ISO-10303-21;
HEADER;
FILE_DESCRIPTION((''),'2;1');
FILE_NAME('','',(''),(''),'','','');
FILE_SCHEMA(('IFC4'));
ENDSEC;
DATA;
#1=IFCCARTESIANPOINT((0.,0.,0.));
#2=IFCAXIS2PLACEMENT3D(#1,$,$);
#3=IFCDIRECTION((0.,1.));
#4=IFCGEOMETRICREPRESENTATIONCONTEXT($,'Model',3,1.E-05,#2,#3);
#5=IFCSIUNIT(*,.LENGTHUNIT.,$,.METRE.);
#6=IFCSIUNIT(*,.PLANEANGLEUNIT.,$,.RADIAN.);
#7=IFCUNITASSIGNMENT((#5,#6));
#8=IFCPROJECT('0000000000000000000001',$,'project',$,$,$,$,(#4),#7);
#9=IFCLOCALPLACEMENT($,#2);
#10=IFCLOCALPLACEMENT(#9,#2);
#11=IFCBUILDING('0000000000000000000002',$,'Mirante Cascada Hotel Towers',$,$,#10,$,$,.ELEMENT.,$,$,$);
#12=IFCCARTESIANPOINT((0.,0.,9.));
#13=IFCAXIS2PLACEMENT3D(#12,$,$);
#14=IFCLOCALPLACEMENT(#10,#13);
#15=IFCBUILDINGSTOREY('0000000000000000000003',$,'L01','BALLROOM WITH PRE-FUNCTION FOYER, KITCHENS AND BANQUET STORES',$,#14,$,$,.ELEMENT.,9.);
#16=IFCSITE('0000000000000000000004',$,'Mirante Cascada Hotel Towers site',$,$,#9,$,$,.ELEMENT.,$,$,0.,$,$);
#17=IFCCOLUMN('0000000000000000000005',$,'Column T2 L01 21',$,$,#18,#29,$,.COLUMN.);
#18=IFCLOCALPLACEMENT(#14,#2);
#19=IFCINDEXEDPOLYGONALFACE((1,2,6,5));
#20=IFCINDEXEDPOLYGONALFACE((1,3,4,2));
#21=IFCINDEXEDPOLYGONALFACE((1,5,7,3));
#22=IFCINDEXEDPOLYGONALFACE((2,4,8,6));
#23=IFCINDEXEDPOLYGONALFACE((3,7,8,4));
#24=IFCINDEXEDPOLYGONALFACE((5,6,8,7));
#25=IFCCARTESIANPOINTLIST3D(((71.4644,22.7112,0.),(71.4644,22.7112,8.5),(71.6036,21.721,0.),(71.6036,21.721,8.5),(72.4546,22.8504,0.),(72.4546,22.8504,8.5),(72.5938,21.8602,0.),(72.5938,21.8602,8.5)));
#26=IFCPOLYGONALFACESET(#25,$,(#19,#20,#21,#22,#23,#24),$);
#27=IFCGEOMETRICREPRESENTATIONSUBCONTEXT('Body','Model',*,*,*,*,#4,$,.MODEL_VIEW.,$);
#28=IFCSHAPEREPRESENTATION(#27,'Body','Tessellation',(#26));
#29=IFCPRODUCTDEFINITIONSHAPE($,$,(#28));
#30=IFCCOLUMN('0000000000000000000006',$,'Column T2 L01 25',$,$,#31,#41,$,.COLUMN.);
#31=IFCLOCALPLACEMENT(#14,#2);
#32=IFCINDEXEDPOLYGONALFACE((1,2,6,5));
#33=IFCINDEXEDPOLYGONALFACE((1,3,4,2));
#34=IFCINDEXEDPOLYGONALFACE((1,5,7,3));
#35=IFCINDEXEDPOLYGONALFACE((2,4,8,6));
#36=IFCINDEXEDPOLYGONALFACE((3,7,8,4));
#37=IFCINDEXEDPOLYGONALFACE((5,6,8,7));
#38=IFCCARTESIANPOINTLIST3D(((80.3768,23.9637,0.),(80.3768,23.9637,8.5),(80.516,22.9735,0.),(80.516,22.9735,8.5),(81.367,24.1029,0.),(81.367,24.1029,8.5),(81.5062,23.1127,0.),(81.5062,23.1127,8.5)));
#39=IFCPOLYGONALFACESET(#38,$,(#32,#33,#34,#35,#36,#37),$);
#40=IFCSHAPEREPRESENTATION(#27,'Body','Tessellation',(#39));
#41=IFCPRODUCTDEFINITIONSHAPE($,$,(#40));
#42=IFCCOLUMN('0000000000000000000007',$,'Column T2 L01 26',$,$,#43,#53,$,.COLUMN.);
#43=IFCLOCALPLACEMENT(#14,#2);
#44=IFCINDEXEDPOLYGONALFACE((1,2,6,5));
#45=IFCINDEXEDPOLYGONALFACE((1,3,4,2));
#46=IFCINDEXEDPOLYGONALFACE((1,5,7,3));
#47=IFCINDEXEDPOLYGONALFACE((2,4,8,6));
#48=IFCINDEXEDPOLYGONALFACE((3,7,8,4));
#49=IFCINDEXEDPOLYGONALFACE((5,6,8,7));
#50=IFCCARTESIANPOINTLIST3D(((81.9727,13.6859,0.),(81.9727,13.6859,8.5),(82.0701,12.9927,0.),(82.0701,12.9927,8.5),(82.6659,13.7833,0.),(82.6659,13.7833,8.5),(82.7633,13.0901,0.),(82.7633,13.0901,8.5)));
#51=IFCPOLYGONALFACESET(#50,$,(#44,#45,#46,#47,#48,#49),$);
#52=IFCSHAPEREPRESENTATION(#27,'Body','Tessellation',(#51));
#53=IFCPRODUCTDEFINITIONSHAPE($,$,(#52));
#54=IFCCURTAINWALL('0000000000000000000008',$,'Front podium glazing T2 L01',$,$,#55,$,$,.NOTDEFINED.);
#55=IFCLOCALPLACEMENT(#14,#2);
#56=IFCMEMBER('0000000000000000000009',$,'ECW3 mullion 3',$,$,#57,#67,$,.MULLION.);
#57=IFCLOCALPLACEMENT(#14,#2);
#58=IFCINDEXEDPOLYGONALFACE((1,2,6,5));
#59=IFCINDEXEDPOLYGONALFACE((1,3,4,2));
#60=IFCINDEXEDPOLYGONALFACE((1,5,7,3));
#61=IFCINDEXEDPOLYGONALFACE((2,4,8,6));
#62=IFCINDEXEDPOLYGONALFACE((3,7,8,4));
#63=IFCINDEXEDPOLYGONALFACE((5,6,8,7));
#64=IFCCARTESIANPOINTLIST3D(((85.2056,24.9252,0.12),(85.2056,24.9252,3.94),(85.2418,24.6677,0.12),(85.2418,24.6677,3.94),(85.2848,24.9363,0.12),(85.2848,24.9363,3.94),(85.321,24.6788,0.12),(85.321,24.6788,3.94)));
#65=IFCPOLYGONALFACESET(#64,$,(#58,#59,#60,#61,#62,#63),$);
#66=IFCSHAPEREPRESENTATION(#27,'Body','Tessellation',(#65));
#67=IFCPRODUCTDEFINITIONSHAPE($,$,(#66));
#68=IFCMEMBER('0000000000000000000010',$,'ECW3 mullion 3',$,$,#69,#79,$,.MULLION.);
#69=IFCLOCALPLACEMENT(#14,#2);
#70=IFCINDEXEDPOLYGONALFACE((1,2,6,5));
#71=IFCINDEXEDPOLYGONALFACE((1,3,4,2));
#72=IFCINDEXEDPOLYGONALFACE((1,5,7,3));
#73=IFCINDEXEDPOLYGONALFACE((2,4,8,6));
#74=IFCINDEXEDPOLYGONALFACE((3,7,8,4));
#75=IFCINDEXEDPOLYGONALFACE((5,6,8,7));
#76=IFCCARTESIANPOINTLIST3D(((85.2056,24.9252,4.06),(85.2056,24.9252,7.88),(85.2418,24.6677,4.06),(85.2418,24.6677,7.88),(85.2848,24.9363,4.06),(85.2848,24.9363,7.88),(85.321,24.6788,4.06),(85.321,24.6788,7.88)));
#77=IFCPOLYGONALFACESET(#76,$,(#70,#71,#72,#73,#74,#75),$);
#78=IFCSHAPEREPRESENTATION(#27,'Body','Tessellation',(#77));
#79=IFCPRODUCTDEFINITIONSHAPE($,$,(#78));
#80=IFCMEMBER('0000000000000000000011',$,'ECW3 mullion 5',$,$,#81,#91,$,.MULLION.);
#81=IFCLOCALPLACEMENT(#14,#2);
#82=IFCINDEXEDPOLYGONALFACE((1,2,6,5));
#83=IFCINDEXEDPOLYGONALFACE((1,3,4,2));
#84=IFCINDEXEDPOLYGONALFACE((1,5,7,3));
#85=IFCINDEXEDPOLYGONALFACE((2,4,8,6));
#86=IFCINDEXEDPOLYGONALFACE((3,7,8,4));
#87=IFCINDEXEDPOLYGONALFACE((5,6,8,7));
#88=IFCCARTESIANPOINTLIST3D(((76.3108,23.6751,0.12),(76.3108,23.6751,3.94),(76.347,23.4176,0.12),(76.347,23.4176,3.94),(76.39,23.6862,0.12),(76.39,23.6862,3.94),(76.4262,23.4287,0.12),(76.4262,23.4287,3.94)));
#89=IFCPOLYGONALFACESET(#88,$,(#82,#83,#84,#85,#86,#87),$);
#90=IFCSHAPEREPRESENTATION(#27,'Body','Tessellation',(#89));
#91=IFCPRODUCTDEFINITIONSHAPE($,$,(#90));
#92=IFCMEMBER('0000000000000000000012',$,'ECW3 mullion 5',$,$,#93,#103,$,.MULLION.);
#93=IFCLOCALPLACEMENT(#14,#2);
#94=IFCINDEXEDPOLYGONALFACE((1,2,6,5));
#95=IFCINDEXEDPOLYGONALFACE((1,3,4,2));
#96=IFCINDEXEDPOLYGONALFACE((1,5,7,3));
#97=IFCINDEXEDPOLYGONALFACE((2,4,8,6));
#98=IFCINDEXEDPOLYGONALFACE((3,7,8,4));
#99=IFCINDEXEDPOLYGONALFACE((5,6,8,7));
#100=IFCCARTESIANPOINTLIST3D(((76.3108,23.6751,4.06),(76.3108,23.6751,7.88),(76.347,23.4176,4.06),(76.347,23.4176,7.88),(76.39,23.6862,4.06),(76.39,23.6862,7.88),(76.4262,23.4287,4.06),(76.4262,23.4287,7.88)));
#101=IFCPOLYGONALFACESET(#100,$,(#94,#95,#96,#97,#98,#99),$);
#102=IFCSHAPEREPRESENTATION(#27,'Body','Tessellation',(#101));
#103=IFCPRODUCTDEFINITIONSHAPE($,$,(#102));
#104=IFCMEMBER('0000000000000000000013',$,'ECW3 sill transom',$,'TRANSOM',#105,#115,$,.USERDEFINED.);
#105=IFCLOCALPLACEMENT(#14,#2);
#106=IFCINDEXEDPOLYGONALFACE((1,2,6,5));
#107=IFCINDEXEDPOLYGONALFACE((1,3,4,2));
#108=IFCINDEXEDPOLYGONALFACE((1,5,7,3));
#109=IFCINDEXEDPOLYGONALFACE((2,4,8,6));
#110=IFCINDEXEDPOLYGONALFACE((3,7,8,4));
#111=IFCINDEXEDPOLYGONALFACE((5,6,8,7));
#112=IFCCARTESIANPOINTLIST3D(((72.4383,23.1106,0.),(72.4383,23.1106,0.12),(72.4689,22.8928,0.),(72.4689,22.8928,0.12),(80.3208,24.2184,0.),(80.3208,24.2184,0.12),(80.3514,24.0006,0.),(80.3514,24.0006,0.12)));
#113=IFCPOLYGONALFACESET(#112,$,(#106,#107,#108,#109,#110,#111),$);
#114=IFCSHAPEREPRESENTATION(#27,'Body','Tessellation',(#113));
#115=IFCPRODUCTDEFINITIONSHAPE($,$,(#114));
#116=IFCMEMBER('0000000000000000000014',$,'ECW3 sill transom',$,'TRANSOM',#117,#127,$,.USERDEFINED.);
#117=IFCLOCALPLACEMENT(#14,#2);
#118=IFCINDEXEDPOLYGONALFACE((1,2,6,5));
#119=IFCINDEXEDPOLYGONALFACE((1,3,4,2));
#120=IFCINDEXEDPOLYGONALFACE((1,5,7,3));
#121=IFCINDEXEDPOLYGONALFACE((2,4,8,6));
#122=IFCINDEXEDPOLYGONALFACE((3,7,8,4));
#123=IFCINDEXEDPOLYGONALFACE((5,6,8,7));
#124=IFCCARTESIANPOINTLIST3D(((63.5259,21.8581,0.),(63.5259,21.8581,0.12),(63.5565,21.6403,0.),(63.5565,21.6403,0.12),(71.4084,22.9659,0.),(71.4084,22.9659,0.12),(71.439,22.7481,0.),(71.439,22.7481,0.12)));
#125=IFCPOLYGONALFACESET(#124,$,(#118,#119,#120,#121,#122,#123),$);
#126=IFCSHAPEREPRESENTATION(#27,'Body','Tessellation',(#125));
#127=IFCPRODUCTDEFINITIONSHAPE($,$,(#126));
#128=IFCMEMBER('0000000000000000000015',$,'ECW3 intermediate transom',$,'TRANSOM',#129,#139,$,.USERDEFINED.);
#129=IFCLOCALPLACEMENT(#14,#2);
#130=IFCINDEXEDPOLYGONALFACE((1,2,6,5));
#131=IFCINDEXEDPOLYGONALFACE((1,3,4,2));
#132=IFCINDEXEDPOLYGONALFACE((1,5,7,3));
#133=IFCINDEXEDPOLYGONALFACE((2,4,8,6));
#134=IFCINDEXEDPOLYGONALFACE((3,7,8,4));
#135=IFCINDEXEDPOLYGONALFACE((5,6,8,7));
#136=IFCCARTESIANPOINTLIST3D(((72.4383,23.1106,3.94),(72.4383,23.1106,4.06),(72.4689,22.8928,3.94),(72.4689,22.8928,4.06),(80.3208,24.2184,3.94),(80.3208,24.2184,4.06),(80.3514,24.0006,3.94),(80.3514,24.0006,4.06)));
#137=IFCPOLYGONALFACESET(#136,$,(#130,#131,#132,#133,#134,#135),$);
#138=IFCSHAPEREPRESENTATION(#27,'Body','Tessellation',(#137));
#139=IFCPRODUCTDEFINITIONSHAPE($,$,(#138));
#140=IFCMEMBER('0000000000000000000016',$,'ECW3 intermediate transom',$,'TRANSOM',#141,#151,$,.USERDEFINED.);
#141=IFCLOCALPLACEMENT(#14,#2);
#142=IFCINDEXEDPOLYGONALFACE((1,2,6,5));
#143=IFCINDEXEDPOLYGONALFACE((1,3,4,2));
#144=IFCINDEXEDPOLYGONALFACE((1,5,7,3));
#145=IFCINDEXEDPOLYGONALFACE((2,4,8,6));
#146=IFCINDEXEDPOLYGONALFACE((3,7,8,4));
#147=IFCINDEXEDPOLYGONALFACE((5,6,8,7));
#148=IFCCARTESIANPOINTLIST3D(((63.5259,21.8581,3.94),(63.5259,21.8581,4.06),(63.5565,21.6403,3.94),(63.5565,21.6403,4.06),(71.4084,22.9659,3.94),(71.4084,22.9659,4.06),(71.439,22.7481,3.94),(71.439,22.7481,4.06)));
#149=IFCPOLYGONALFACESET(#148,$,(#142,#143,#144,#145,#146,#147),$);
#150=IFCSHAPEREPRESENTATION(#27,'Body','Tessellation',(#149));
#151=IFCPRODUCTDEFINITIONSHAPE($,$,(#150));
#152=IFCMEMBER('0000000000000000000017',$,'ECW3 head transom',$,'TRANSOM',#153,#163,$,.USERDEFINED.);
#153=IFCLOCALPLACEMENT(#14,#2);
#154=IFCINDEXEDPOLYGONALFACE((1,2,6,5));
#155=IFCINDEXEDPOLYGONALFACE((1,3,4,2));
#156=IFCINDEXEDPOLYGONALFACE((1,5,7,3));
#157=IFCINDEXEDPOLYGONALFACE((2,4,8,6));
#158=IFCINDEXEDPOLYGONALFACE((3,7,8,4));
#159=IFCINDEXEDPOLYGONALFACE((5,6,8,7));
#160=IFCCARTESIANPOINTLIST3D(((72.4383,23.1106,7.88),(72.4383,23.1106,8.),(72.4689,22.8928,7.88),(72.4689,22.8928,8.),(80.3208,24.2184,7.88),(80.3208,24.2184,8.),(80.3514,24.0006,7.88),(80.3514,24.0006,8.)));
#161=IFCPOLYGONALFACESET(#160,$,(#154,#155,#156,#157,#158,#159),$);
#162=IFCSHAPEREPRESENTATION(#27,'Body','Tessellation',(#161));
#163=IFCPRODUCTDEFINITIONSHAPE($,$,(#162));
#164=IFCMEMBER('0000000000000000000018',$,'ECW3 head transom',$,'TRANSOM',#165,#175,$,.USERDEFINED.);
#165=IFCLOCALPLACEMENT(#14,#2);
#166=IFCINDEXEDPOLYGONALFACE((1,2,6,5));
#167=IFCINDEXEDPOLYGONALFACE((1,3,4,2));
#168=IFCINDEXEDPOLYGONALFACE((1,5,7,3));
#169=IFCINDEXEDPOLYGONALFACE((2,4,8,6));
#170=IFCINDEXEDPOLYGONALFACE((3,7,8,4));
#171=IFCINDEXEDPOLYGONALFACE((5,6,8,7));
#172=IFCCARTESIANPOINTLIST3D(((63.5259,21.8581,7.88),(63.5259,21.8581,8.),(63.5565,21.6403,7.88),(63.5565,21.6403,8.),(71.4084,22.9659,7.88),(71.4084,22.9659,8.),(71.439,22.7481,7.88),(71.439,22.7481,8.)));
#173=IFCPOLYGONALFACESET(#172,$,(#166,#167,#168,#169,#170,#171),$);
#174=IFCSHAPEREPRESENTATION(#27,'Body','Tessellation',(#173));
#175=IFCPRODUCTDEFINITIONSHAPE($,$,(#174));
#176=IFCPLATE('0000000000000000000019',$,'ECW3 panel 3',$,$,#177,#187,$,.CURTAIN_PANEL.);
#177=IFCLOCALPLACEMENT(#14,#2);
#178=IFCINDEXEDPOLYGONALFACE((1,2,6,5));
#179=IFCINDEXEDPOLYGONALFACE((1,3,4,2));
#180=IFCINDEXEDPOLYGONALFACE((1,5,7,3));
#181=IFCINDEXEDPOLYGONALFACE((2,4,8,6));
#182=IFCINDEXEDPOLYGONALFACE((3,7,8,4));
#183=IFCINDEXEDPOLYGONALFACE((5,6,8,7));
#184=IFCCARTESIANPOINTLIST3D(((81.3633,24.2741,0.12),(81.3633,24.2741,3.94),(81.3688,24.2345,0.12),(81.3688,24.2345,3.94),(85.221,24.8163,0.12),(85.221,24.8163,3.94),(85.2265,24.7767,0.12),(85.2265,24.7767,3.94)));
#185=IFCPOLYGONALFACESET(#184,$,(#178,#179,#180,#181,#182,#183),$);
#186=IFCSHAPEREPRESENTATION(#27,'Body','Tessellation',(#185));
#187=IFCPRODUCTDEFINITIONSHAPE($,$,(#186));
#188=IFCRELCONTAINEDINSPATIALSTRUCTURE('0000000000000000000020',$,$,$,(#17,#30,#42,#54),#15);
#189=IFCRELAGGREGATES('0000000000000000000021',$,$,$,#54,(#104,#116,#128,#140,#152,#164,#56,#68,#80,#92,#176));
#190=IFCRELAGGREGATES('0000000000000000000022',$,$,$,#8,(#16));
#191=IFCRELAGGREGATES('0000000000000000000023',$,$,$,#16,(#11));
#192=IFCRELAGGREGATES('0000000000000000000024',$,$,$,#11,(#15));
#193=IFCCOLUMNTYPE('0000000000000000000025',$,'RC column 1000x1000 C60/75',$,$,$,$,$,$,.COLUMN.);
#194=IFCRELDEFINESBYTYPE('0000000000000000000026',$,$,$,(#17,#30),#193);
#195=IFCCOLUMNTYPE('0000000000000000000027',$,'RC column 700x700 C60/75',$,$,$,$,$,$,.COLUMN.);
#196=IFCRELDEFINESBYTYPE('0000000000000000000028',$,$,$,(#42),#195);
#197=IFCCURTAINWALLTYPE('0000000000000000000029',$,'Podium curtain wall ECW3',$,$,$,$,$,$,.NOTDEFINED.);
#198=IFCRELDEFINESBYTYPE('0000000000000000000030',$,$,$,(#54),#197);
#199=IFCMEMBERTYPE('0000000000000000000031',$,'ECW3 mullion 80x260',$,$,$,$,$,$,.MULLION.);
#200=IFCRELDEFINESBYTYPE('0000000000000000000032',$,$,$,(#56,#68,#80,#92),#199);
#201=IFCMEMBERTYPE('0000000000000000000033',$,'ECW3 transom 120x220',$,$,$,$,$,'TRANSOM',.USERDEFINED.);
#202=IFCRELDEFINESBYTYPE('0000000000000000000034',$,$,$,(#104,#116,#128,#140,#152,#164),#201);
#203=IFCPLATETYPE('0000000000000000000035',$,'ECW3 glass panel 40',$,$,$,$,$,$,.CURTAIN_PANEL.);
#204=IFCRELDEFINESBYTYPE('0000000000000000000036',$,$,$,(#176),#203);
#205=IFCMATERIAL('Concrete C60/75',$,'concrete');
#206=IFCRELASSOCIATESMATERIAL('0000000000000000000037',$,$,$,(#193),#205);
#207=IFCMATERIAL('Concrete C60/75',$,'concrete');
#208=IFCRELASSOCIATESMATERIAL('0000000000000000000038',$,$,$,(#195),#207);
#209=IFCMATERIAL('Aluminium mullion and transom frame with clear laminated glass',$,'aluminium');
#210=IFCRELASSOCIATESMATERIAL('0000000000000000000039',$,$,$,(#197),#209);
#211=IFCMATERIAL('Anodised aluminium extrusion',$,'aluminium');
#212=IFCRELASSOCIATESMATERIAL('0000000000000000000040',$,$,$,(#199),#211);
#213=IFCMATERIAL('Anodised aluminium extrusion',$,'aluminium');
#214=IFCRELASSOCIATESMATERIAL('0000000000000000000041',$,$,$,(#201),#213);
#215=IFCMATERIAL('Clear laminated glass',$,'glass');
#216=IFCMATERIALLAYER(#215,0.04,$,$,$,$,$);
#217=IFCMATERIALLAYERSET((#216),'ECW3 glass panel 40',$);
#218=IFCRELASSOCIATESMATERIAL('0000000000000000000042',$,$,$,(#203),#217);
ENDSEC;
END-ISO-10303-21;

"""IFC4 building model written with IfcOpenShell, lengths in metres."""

from ifc_helpers import new_model, si_unit, direction, frame, origin, origin_2d, place, context, subcontext, project, spatial, rectangle, extrude, material, layer, layer_set, material_profile, profile_set, type_object, element, aggregate, save


model = new_model("IFC4")

# Units and contexts
model_context = context("Model", 3, precision=1e-05, world=origin(), true_north=direction((0.0, 1.0)))
body_context = subcontext(model_context, "Body", "Model", "MODEL_VIEW")
ifc_project = project(units=[si_unit("LENGTHUNIT", "METRE"), si_unit("PLANEANGLEUNIT", "RADIAN")], contexts=[model_context])

# Site, building, storey
site_placement = place(None, origin())
site = spatial("IfcSite", under=ifc_project, at=site_placement, Name="Mirante Cascada Hotel Towers site", CompositionType="ELEMENT", RefElevation=0.0)
building_placement = place(site_placement, origin())
building = spatial("IfcBuilding", under=site, at=building_placement, Name="Mirante Cascada Hotel Towers", CompositionType="ELEMENT")
storey_placement = place(building_placement, frame((0.0, 0.0, 9.0)))
storey = spatial("IfcBuildingStorey", under=building, at=storey_placement, Name="L01", Description="BALLROOM WITH PRE-FUNCTION FOYER, KITCHENS AND BANQUET STORES", CompositionType="ELEMENT", Elevation=9.0)

# Columns
ifc_material_1 = material(Name="Concrete C60/75", Category="concrete")
ifc_material_profile_1 = material_profile(ifc_material_1, rectangle(XDim=1.0, YDim=1.0, at=origin_2d()), Name="RC column 1000x1000 C60/75")
ifc_profile_set_1 = profile_set([ifc_material_profile_1], Name="Concrete C60/75")
column_type_1 = type_object("IfcColumnType", Name="RC column 1000x1000 C60/75", PredefinedType="COLUMN", material=ifc_profile_set_1)
for number, where, z_axis, x_axis, name in (
    (1, (72.0291, 22.2857, 0.0), (0.0, 0.0, 1.0), (0.990268, 0.139173, 0.0), "Column T2 L01 21"),
    (2, (80.9415, 23.5382, 0.0), (0.0, 0.0, 1.0), (0.990268, 0.139173, 0.0), "Column T2 L01 25"),
):
    element("IfcColumn", number, at=place(storey_placement, frame(where, z_axis=z_axis, x_axis=x_axis)), inside=storey, type_object=column_type_1, Name=name, PredefinedType="COLUMN", context=body_context, shape_type="SweptSolid", body=[
        extrude(rectangle(XDim=1.0, YDim=1.0, at=origin_2d()), origin(), (0.0, 0.0, 1.0), 8.5),
    ])
ifc_material_2 = material(Name="Concrete C60/75", Category="concrete")
ifc_material_profile_2 = material_profile(ifc_material_2, rectangle(XDim=0.7, YDim=0.7, at=origin_2d()), Name="RC column 700x700 C60/75")
ifc_profile_set_2 = profile_set([ifc_material_profile_2], Name="Concrete C60/75")
column_type_2 = type_object("IfcColumnType", Name="RC column 700x700 C60/75", PredefinedType="COLUMN", material=ifc_profile_set_2)
column_placement = place(storey_placement, frame((82.368, 13.388, 0.0), z_axis=(0.0, 0.0, 1.0), x_axis=(0.990268, 0.139173, 0.0)))
element("IfcColumn", 3, at=column_placement, inside=storey, type_object=column_type_2, Name="Column T2 L01 26", PredefinedType="COLUMN", context=body_context, shape_type="SweptSolid", body=[
    extrude(rectangle(XDim=0.7, YDim=0.7, at=origin_2d()), origin(), (0.0, 0.0, 1.0), 8.5),
])

# Curtain wall, members, plate
ifc_material_3 = material(Name="Aluminium mullion and transom frame with clear laminated glass", Category="aluminium")
curtain_wall_type = type_object("IfcCurtainWallType", Name="Podium curtain wall ECW3", PredefinedType="NOTDEFINED", material=ifc_material_3)
curtain_wall_placement = place(storey_placement, origin())
curtain_wall = element("IfcCurtainWall", 4, at=curtain_wall_placement, inside=storey, type_object=curtain_wall_type, Name="Front podium glazing T2 L01", PredefinedType="NOTDEFINED")
ifc_material_4 = material(Name="Anodised aluminium extrusion", Category="aluminium")
ifc_material_profile_3 = material_profile(ifc_material_4, rectangle(XDim=0.26, YDim=0.08, at=origin_2d()), Name="ECW3 MULLION 80x260")
ifc_profile_set_3 = profile_set([ifc_material_profile_3], Name="Anodised aluminium extrusion")
member_type_1 = type_object("IfcMemberType", Name="ECW3 mullion 80x260", PredefinedType="MULLION", material=ifc_profile_set_3)
member_1_placement = place(storey_placement, frame((85.2633, 24.802, 0.12), z_axis=(0.0, 0.0, 1.0), x_axis=(0.139173, -0.990268, 0.0)))
member_1 = element("IfcMember", 5, at=member_1_placement, type_object=member_type_1, Name="ECW3 mullion 3", PredefinedType="MULLION", context=body_context, shape_type="SweptSolid", body=[
    extrude(rectangle(XDim=0.26, YDim=0.08, at=origin_2d()), origin(), (0.0, 0.0, 1.0), 3.82),
])
member_2_placement = place(storey_placement, frame((85.2633, 24.802, 4.06), z_axis=(0.0, 0.0, 1.0), x_axis=(0.139173, -0.990268, 0.0)))
member_2 = element("IfcMember", 6, at=member_2_placement, type_object=member_type_1, Name="ECW3 mullion 3", PredefinedType="MULLION", context=body_context, shape_type="SweptSolid", body=[
    extrude(rectangle(XDim=0.26, YDim=0.08, at=origin_2d()), origin(), (0.0, 0.0, 1.0), 3.82),
])
member_3_placement = place(storey_placement, frame((76.3685, 23.5519, 0.12), z_axis=(0.0, 0.0, 1.0), x_axis=(0.139173, -0.990268, 0.0)))
member_3 = element("IfcMember", 7, at=member_3_placement, type_object=member_type_1, Name="ECW3 mullion 5", PredefinedType="MULLION", context=body_context, shape_type="SweptSolid", body=[
    extrude(rectangle(XDim=0.26, YDim=0.08, at=origin_2d()), origin(), (0.0, 0.0, 1.0), 3.82),
])
member_4_placement = place(storey_placement, frame((76.3685, 23.5519, 4.06), z_axis=(0.0, 0.0, 1.0), x_axis=(0.139173, -0.990268, 0.0)))
member_4 = element("IfcMember", 8, at=member_4_placement, type_object=member_type_1, Name="ECW3 mullion 5", PredefinedType="MULLION", context=body_context, shape_type="SweptSolid", body=[
    extrude(rectangle(XDim=0.26, YDim=0.08, at=origin_2d()), origin(), (0.0, 0.0, 1.0), 3.82),
])
ifc_material_5 = material(Name="Anodised aluminium extrusion", Category="aluminium")
ifc_material_profile_4 = material_profile(ifc_material_5, rectangle(XDim=0.22, YDim=0.12, at=origin_2d()), Name="ECW3 TRANSOM 120x220")
ifc_profile_set_4 = profile_set([ifc_material_profile_4], Name="Anodised aluminium extrusion")
member_type_2 = type_object("IfcMemberType", Name="ECW3 transom 120x220", ElementType="TRANSOM", PredefinedType="USERDEFINED", material=ifc_profile_set_4)
member_5_placement = place(storey_placement, frame((80.3361, 24.1095, 0.06), z_axis=(-0.990268, -0.139172, 0.0), x_axis=(0.139172, -0.990268, 0.0)))
member_5 = element("IfcMember", 9, at=member_5_placement, type_object=member_type_2, Name="ECW3 sill transom", ObjectType="TRANSOM", PredefinedType="USERDEFINED", context=body_context, shape_type="SweptSolid", body=[
    extrude(rectangle(XDim=0.22, YDim=0.12, at=origin_2d()), origin(), (0.0, 0.0, 1.0), 7.96),
])
member_6_placement = place(storey_placement, frame((71.4237, 22.857, 0.06), z_axis=(-0.990268, -0.139172, 0.0), x_axis=(0.139172, -0.990268, 0.0)))
member_6 = element("IfcMember", 10, at=member_6_placement, type_object=member_type_2, Name="ECW3 sill transom", ObjectType="TRANSOM", PredefinedType="USERDEFINED", context=body_context, shape_type="SweptSolid", body=[
    extrude(rectangle(XDim=0.22, YDim=0.12, at=origin_2d()), origin(), (0.0, 0.0, 1.0), 7.96),
])
member_7_placement = place(storey_placement, frame((80.3361, 24.1095, 4.0), z_axis=(-0.990268, -0.139172, 0.0), x_axis=(0.139172, -0.990268, 0.0)))
member_7 = element("IfcMember", 11, at=member_7_placement, type_object=member_type_2, Name="ECW3 intermediate transom", ObjectType="TRANSOM", PredefinedType="USERDEFINED", context=body_context, shape_type="SweptSolid", body=[
    extrude(rectangle(XDim=0.22, YDim=0.12, at=origin_2d()), origin(), (0.0, 0.0, 1.0), 7.96),
])
member_8_placement = place(storey_placement, frame((71.4237, 22.857, 4.0), z_axis=(-0.990268, -0.139172, 0.0), x_axis=(0.139172, -0.990268, 0.0)))
member_8 = element("IfcMember", 12, at=member_8_placement, type_object=member_type_2, Name="ECW3 intermediate transom", ObjectType="TRANSOM", PredefinedType="USERDEFINED", context=body_context, shape_type="SweptSolid", body=[
    extrude(rectangle(XDim=0.22, YDim=0.12, at=origin_2d()), origin(), (0.0, 0.0, 1.0), 7.96),
])
member_9_placement = place(storey_placement, frame((80.3361, 24.1095, 7.94), z_axis=(-0.990268, -0.139172, 0.0), x_axis=(0.139172, -0.990268, 0.0)))
member_9 = element("IfcMember", 13, at=member_9_placement, type_object=member_type_2, Name="ECW3 head transom", ObjectType="TRANSOM", PredefinedType="USERDEFINED", context=body_context, shape_type="SweptSolid", body=[
    extrude(rectangle(XDim=0.22, YDim=0.12, at=origin_2d()), origin(), (0.0, 0.0, 1.0), 7.96),
])
member_10_placement = place(storey_placement, frame((71.4237, 22.857, 7.94), z_axis=(-0.990268, -0.139172, 0.0), x_axis=(0.139172, -0.990268, 0.0)))
member_10 = element("IfcMember", 14, at=member_10_placement, type_object=member_type_2, Name="ECW3 head transom", ObjectType="TRANSOM", PredefinedType="USERDEFINED", context=body_context, shape_type="SweptSolid", body=[
    extrude(rectangle(XDim=0.22, YDim=0.12, at=origin_2d()), origin(), (0.0, 0.0, 1.0), 7.96),
])
ifc_material_6 = material(Name="Clear laminated glass", Category="glass")
ifc_layer_1 = layer(ifc_material_6, 0.04)
ifc_layer_set_1 = layer_set([ifc_layer_1], Name="ECW3 glass panel 40")
plate_type = type_object("IfcPlateType", Name="ECW3 glass panel 40", PredefinedType="CURTAIN_PANEL", material=ifc_layer_set_1)
plate_1_placement = place(storey_placement, frame((83.2949, 24.5254, 0.12), z_axis=(0.0, 0.0, 1.0), x_axis=(-0.990268, -0.139173, 0.0)))
plate_1 = element("IfcPlate", 15, at=plate_1_placement, type_object=plate_type, Name="ECW3 panel 3", PredefinedType="CURTAIN_PANEL", context=body_context, shape_type="SweptSolid", body=[
    extrude(rectangle(XDim=3.8956, YDim=0.04, at=origin_2d()), origin(), (0.0, 0.0, 1.0), 3.82),
])
aggregate(curtain_wall, [member_5, member_6, member_7, member_8, member_9, member_10, member_1, member_2, member_3, member_4, plate_1])

save(model, "model.ifc")
